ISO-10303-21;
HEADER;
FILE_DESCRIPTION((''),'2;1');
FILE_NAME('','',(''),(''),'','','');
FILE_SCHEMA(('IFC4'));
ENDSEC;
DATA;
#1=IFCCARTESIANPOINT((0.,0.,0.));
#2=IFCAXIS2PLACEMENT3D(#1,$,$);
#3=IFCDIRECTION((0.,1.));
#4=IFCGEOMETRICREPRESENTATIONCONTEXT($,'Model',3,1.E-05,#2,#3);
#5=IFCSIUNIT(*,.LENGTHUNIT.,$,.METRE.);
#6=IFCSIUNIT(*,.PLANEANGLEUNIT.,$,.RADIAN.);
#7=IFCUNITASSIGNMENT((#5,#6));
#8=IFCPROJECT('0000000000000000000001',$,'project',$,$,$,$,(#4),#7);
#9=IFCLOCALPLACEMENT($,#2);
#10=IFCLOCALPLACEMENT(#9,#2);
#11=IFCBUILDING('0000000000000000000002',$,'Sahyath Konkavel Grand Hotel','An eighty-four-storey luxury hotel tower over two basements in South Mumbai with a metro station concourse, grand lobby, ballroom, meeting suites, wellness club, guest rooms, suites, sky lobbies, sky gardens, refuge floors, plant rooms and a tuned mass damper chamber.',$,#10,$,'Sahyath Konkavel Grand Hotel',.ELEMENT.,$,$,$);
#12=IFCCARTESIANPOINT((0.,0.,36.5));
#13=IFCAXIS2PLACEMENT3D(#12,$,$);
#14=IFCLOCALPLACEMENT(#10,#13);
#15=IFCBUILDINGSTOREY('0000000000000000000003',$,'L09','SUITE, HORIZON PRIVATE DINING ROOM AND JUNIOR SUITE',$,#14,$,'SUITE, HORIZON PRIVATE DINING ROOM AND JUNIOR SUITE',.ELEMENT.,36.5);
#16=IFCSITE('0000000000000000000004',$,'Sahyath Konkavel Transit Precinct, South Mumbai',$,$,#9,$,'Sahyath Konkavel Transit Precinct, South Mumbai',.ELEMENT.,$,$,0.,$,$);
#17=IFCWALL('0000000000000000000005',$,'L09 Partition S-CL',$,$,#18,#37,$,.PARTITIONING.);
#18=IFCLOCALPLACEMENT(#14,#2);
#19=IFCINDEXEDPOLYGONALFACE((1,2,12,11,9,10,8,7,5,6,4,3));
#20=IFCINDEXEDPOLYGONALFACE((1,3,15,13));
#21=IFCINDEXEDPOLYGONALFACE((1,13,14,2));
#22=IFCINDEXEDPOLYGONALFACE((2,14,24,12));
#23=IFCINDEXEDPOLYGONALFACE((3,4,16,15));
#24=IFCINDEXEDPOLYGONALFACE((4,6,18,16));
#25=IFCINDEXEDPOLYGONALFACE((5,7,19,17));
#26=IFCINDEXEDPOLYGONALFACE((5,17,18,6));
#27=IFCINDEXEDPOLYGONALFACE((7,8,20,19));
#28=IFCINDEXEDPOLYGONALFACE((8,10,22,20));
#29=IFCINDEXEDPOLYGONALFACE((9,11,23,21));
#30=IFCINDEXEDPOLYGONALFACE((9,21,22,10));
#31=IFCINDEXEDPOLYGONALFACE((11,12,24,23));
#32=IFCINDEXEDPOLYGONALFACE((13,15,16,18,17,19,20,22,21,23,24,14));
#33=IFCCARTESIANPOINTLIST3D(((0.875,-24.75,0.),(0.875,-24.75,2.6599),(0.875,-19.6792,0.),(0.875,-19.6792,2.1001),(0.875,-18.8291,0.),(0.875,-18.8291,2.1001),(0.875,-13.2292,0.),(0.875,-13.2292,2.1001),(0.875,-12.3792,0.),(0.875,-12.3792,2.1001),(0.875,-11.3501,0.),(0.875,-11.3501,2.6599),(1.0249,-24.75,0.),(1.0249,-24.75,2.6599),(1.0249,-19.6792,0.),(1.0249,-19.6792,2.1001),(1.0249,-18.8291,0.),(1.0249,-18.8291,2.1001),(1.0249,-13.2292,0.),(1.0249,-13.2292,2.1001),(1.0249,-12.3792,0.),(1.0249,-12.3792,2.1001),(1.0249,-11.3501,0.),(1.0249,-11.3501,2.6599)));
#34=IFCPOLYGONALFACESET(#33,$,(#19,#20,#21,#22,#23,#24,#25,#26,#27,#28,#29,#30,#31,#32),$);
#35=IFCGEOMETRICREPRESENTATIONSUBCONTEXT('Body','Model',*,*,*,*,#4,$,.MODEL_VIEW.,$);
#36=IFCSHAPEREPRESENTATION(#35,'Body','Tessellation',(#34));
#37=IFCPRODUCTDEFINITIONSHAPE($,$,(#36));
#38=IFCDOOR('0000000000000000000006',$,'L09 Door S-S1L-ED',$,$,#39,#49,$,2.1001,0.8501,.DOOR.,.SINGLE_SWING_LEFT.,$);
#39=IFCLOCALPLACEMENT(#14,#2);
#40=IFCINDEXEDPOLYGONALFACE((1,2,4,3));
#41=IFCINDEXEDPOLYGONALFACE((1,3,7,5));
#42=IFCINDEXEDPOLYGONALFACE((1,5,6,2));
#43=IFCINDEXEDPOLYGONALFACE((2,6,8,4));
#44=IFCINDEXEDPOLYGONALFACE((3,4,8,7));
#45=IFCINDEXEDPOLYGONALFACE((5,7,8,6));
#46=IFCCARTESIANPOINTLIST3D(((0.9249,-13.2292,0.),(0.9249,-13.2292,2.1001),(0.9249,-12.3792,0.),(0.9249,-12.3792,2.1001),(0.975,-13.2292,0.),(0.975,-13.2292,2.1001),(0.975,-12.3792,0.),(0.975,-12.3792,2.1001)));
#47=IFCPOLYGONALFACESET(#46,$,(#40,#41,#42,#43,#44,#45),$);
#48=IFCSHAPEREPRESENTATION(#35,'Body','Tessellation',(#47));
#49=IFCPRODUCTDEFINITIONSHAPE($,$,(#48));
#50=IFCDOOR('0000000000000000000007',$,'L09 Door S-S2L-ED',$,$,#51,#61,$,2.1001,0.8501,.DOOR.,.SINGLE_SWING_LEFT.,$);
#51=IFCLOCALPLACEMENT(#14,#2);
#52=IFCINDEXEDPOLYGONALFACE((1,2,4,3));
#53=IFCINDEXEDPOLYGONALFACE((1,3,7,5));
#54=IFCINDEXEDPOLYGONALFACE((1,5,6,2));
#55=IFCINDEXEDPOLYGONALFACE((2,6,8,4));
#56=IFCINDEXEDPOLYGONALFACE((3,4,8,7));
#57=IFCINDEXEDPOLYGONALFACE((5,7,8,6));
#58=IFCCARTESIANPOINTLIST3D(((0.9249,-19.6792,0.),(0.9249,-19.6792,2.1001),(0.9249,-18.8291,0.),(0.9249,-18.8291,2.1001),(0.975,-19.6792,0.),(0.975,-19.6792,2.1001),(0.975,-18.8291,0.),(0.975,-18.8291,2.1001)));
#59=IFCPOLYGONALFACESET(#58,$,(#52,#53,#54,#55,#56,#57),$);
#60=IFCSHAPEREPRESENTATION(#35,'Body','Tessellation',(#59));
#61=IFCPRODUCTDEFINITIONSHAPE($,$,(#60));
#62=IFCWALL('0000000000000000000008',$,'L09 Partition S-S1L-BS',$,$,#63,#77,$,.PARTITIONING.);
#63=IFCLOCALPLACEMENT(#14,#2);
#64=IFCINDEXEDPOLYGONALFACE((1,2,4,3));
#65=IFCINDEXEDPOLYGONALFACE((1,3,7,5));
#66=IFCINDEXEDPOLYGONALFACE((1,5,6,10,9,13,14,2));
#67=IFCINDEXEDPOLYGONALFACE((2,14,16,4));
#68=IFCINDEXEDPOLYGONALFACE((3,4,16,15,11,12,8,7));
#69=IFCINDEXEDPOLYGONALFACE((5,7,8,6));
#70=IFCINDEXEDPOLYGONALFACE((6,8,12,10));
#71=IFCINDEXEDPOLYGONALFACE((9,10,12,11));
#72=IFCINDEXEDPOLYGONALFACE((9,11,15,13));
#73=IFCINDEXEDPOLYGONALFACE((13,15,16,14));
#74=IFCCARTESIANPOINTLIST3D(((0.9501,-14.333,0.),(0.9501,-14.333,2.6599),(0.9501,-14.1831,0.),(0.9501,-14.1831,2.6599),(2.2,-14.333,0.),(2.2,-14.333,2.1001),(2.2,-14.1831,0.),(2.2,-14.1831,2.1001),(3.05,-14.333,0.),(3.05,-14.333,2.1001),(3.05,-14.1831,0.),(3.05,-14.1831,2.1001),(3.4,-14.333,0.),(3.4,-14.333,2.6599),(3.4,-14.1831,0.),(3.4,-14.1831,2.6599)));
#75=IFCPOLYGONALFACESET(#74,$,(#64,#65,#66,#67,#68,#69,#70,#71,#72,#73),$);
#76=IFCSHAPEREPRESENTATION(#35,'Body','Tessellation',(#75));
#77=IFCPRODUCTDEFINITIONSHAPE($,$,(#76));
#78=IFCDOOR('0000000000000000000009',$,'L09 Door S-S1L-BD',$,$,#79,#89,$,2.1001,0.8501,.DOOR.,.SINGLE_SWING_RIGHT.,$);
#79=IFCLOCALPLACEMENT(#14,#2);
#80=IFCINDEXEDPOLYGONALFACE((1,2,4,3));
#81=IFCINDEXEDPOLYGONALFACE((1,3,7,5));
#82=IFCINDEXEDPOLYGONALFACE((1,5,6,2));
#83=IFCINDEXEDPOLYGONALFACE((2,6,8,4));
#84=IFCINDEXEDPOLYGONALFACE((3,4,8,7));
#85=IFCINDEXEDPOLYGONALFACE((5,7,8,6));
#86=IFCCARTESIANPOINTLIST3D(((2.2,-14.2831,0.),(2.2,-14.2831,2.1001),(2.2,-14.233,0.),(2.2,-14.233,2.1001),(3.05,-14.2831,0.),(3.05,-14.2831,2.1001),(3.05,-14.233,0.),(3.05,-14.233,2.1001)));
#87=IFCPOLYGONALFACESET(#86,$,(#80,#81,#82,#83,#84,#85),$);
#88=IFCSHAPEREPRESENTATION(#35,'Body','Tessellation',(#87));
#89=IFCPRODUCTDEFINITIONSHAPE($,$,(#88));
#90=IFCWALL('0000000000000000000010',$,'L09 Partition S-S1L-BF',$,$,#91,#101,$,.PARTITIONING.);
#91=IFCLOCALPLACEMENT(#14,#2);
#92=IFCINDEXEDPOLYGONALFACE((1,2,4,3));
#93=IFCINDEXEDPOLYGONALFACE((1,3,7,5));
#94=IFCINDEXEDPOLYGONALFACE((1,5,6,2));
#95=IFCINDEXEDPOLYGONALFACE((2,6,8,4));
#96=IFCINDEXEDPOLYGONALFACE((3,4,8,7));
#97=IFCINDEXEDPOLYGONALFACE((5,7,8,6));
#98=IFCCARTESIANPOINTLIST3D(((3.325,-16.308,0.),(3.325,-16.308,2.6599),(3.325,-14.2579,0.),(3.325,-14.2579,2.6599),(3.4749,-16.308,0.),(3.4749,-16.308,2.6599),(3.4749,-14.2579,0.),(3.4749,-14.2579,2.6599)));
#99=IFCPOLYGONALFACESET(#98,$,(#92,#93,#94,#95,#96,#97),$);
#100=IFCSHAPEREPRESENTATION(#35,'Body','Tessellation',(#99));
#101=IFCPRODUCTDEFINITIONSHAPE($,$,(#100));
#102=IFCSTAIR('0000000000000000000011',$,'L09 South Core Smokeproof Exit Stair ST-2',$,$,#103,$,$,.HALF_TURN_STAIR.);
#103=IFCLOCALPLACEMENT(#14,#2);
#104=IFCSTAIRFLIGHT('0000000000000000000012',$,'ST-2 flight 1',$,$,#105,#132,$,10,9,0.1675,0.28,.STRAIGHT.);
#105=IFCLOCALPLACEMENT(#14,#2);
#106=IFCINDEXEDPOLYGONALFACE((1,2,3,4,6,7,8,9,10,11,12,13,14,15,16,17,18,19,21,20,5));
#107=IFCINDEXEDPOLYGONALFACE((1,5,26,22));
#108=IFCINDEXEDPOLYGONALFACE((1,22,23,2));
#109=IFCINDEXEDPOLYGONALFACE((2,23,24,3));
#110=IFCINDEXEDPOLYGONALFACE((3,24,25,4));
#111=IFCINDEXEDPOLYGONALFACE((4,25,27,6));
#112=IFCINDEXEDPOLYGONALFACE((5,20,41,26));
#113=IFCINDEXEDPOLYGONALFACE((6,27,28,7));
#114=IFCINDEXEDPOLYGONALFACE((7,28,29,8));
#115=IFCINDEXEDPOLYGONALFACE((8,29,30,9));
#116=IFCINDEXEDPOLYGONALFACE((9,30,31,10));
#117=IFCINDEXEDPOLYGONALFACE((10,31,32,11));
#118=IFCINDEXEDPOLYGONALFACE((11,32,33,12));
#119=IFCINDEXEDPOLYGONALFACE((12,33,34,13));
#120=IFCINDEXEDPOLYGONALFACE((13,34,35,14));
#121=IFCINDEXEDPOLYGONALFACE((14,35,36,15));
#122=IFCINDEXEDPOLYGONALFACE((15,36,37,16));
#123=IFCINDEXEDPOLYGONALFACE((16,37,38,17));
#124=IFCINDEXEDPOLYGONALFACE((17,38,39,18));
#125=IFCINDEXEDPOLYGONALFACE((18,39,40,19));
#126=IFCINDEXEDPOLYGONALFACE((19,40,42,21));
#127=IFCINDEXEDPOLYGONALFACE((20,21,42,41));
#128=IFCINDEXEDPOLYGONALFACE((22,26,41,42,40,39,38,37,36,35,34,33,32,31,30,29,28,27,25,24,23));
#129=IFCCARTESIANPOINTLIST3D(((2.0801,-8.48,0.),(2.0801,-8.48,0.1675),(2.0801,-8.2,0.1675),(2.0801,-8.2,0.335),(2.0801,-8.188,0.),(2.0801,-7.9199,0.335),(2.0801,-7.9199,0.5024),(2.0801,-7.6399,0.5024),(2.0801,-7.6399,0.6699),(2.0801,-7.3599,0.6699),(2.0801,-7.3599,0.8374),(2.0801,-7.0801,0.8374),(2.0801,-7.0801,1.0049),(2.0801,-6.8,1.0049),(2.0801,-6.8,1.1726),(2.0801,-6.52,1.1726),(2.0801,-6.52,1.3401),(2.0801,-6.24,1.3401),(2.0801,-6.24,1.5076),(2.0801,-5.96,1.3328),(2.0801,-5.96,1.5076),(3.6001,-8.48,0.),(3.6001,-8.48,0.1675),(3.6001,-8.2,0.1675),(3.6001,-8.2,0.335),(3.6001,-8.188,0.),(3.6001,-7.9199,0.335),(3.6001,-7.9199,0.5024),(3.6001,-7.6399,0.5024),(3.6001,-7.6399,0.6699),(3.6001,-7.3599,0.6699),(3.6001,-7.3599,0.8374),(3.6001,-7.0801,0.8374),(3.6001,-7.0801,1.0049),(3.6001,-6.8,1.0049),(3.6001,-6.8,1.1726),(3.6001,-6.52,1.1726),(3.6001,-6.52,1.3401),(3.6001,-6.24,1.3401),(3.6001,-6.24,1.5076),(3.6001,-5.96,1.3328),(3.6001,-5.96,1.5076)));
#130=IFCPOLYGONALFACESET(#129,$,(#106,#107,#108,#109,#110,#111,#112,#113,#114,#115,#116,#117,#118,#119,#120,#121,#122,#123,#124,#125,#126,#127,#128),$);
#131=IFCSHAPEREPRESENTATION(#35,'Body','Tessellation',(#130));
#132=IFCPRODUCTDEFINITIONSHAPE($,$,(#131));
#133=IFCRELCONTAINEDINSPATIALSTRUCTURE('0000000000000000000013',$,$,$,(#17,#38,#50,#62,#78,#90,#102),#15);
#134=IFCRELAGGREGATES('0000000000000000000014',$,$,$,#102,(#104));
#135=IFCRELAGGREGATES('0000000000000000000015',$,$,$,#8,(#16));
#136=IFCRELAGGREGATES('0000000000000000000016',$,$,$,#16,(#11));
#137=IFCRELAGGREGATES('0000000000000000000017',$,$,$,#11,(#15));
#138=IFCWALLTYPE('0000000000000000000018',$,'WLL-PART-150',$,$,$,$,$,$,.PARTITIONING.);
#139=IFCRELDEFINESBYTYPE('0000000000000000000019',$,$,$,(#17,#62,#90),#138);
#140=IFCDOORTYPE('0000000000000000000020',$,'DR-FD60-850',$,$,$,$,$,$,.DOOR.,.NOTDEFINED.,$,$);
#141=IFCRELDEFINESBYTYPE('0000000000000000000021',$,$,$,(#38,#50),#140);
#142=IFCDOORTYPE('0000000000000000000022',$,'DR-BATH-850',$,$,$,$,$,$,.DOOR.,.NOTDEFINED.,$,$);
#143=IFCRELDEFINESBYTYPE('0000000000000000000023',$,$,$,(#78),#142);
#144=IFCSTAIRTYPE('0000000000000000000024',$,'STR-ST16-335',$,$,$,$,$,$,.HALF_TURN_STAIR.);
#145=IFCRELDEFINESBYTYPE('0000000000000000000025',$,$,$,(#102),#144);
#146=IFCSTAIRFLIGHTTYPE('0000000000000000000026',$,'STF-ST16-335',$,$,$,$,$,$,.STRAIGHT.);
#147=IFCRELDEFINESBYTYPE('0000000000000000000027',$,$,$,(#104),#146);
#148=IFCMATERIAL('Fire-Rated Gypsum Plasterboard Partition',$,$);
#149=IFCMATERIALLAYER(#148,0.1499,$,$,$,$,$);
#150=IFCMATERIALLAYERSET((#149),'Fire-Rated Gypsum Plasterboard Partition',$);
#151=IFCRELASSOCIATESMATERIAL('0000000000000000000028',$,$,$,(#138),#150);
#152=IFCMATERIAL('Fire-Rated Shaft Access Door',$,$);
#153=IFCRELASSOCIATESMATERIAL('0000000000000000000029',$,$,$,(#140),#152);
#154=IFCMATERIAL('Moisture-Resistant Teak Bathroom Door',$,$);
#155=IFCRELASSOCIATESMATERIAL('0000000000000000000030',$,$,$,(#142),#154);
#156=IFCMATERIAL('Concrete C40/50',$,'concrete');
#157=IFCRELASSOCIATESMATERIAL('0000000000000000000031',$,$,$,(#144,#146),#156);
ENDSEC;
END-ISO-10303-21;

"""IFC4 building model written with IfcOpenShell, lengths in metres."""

from ifc_helpers import new_model, si_unit, direction, frame, frame_2d, origin, origin_2d, place, context, subcontext, project, spatial, polyline, rectangle, outline, extrude, source, transform, mapped, material, layer, layer_set, type_object, element, fill, aggregate, save


model = new_model("IFC4")

# Units and contexts
model_context = context("Model", 3, precision=1e-05, world=origin(), true_north=direction((0.0, 1.0)))
body_context = subcontext(model_context, "Body", "Model", "MODEL_VIEW")
ifc_project = project(units=[si_unit("LENGTHUNIT", "METRE"), si_unit("PLANEANGLEUNIT", "RADIAN")], contexts=[model_context])

# Site, building, storey
site_placement = place(None, origin())
site = spatial("IfcSite", under=ifc_project, at=site_placement, Name="Sahyath Konkavel Transit Precinct, South Mumbai", LongName="Sahyath Konkavel Transit Precinct, South Mumbai", CompositionType="ELEMENT", RefElevation=0.0)
building_placement = place(site_placement, origin())
building = spatial("IfcBuilding", under=site, at=building_placement, Name="Sahyath Konkavel Grand Hotel", Description="An eighty-four-storey luxury hotel tower over two basements in South Mumbai with a metro station concourse, grand lobby, ballroom, meeting suites, wellness club, guest rooms, suites, sky lobbies, sky gardens, refuge floors, plant rooms and a tuned mass damper chamber.", LongName="Sahyath Konkavel Grand Hotel", CompositionType="ELEMENT")
storey_placement = place(building_placement, frame((0.0, 0.0, 36.5)))
storey = spatial("IfcBuildingStorey", under=building, at=storey_placement, Name="L09", Description="SUITE, HORIZON PRIVATE DINING ROOM AND JUNIOR SUITE", LongName="SUITE, HORIZON PRIVATE DINING ROOM AND JUNIOR SUITE", CompositionType="ELEMENT", Elevation=36.5)

# Shared definitions
ifc_material_1 = material(Name="Concrete C40/50", Category="concrete")

# Wall, openings, doors
ifc_material_2 = material(Name="Fire-Rated Gypsum Plasterboard Partition")
ifc_layer_1 = layer(ifc_material_2, 0.1499)
ifc_layer_set_1 = layer_set([ifc_layer_1], Name="Fire-Rated Gypsum Plasterboard Partition")
wall_type_1 = type_object("IfcWallType", Name="WLL-PART-150", PredefinedType="PARTITIONING", material=ifc_layer_set_1)
wall_1_placement = place(storey_placement, frame((0.95, -11.3501, 0.0), z_axis=(0.0, 0.0, 1.0), x_axis=(0.0, -1.0, 0.0)))
wall_1 = element("IfcWall", 1, at=wall_1_placement, inside=storey, type_object=wall_type_1, Name="L09 Partition S-CL", PredefinedType="PARTITIONING", context=body_context, shape_type="SweptSolid", body=[
    extrude(rectangle(XDim=13.3999, YDim=0.1499, at=frame_2d((6.7, 0.0))), origin(), (0.0, 0.0, 1.0), 2.6599),
])
opening_1_placement = place(wall_1_placement, frame((1.0291, 0.0, 0.0)))
opening_1 = element("IfcOpeningElement", 2, at=opening_1_placement, cuts=wall_1, PredefinedType="OPENING", context=body_context, shape_type="SweptSolid", body=[
    extrude(rectangle(XDim=0.8501, YDim=2.1001, at=frame_2d((0.425, 1.05))), frame((0.0, 0.085, 0.0), z_axis=(0.0, -1.0, 0.0), x_axis=(1.0, 0.0, 0.0)), (0.0, 0.0, 1.0), 0.1699),
])
opening_2_placement = place(wall_1_placement, frame((7.479, 0.0, 0.0)))
opening_2 = element("IfcOpeningElement", 3, at=opening_2_placement, cuts=wall_1, PredefinedType="OPENING", context=body_context, shape_type="SweptSolid", body=[
    extrude(rectangle(XDim=0.8501, YDim=2.1001, at=frame_2d((0.425, 1.05))), frame((0.0, 0.085, 0.0), z_axis=(0.0, -1.0, 0.0), x_axis=(1.0, 0.0, 0.0)), (0.0, 0.0, 1.0), 0.1699),
])
ifc_material_3 = material(Name="Fire-Rated Shaft Access Door")
door_type_1 = type_object("IfcDoorType", Name="DR-FD60-850", OperationType="NOTDEFINED", PredefinedType="DOOR", material=ifc_material_3)
shared_shape_1 = source(origin(), body_context, "Body", "SweptSolid", [
    extrude(rectangle(XDim=0.8501, YDim=0.05, at=origin_2d()), origin(), (0.0, 0.0, 1.0), 2.1001),
])
door_1_placement = place(opening_1_placement, frame((0.425, 0.0, 0.0)))
door_1 = element("IfcDoor", 4, at=door_1_placement, inside=storey, type_object=door_type_1, Name="L09 Door S-S1L-ED", OperationType="SINGLE_SWING_LEFT", OverallHeight=2.1001, OverallWidth=0.8501, PredefinedType="DOOR", context=body_context, shape_type="MappedRepresentation", body=[
    mapped(shared_shape_1, transform((0.0, 0.0, 0.0), scale=1.0)),
])
fill(opening_1, door_1)
door_2_placement = place(opening_2_placement, frame((0.425, 0.0, 0.0)))
door_2 = element("IfcDoor", 5, at=door_2_placement, inside=storey, type_object=door_type_1, Name="L09 Door S-S2L-ED", OperationType="SINGLE_SWING_LEFT", OverallHeight=2.1001, OverallWidth=0.8501, PredefinedType="DOOR", context=body_context, shape_type="MappedRepresentation", body=[
    mapped(shared_shape_1, transform((0.0, 0.0, 0.0), scale=1.0)),
])
fill(opening_2, door_2)

# Wall, opening, door
wall_2_placement = place(storey_placement, frame((0.95, -14.2581, 0.0), z_axis=(0.0, 0.0, 1.0), x_axis=(1.0, 0.0, 0.0)))
wall_2 = element("IfcWall", 6, at=wall_2_placement, inside=storey, type_object=wall_type_1, Name="L09 Partition S-S1L-BS", PredefinedType="PARTITIONING", context=body_context, shape_type="SweptSolid", body=[
    extrude(rectangle(XDim=2.45, YDim=0.1499, at=frame_2d((1.2251, 0.0))), origin(), (0.0, 0.0, 1.0), 2.6599),
])
opening_3_placement = place(wall_2_placement, frame((1.25, 0.0, 0.0)))
opening_3 = element("IfcOpeningElement", 7, at=opening_3_placement, cuts=wall_2, PredefinedType="OPENING", context=body_context, shape_type="SweptSolid", body=[
    extrude(rectangle(XDim=0.8501, YDim=2.1001, at=frame_2d((0.425, 1.05))), frame((0.0, 0.085, 0.0), z_axis=(0.0, -1.0, 0.0), x_axis=(1.0, 0.0, 0.0)), (0.0, 0.0, 1.0), 0.1699),
])
ifc_material_4 = material(Name="Moisture-Resistant Teak Bathroom Door")
door_type_2 = type_object("IfcDoorType", Name="DR-BATH-850", OperationType="NOTDEFINED", PredefinedType="DOOR", material=ifc_material_4)
door_3_placement = place(opening_3_placement, frame((0.425, 0.0, 0.0)))
door_3 = element("IfcDoor", 8, at=door_3_placement, inside=storey, type_object=door_type_2, Name="L09 Door S-S1L-BD", OperationType="SINGLE_SWING_RIGHT", OverallHeight=2.1001, OverallWidth=0.8501, PredefinedType="DOOR", context=body_context, shape_type="MappedRepresentation", body=[
    mapped(shared_shape_1, transform((0.0, 0.0, 0.0), scale=1.0)),
])
fill(opening_3, door_3)

# Wall
wall_3_placement = place(storey_placement, frame((3.3999, -14.2581, 0.0), z_axis=(0.0, 0.0, 1.0), x_axis=(0.0, -1.0, 0.0)))
element("IfcWall", 9, at=wall_3_placement, inside=storey, type_object=wall_type_1, Name="L09 Partition S-S1L-BF", PredefinedType="PARTITIONING", context=body_context, shape_type="SweptSolid", body=[
    extrude(rectangle(XDim=2.05, YDim=0.1499, at=frame_2d((1.0249, 0.0))), origin(), (0.0, 0.0, 1.0), 2.6599),
])

# Stair, stair flight
stair_type = type_object("IfcStairType", Name="STR-ST16-335", PredefinedType="HALF_TURN_STAIR", material=ifc_material_1)
stair_placement = place(storey_placement, origin())
stair = element("IfcStair", 10, at=stair_placement, inside=storey, type_object=stair_type, Name="L09 South Core Smokeproof Exit Stair ST-2", PredefinedType="HALF_TURN_STAIR")
stair_flight_type = type_object("IfcStairFlightType", Name="STF-ST16-335", PredefinedType="STRAIGHT", material=ifc_material_1)
stair_flight_placement = place(storey_placement, frame((2.8401, -8.48, 0.0), z_axis=(0.0, 0.0, 1.0), x_axis=(0.0, 1.0, 0.0)))
stair_flight = element("IfcStairFlight", 11, at=stair_flight_placement, type_object=stair_flight_type, Name="ST-2 flight 1", NumberOfRisers=10, NumberOfTreads=9, PredefinedType="STRAIGHT", RiserHeight=0.1675, TreadLength=0.28, context=body_context, shape_type="SweptSolid", body=[
    extrude(outline(polyline([(0.0, 0.0), (0.0, 0.1675), (0.28, 0.1675), (0.28, 0.335), (0.5601, 0.335), (0.5601, 0.5024), (0.8401, 0.5024), (0.8401, 0.6699), (1.1201, 0.6699), (1.1201, 0.8374), (1.3999, 0.8374), (1.3999, 1.0049), (1.6799, 1.0049), (1.6799, 1.1726), (1.96, 1.1726), (1.96, 1.3401), (2.24, 1.3401), (2.24, 1.5076), (2.52, 1.5076), (2.52, 1.675), (2.52, 1.3328), (0.292, 0.0), (0.0, 0.0)])), frame((0.0, 0.76, 0.0), z_axis=(0.0, -1.0, 0.0), x_axis=(1.0, 0.0, 0.0)), (0.0, 0.0, 1.0), 1.52),
])
aggregate(stair, [stair_flight])

save(model, "model.ifc")
